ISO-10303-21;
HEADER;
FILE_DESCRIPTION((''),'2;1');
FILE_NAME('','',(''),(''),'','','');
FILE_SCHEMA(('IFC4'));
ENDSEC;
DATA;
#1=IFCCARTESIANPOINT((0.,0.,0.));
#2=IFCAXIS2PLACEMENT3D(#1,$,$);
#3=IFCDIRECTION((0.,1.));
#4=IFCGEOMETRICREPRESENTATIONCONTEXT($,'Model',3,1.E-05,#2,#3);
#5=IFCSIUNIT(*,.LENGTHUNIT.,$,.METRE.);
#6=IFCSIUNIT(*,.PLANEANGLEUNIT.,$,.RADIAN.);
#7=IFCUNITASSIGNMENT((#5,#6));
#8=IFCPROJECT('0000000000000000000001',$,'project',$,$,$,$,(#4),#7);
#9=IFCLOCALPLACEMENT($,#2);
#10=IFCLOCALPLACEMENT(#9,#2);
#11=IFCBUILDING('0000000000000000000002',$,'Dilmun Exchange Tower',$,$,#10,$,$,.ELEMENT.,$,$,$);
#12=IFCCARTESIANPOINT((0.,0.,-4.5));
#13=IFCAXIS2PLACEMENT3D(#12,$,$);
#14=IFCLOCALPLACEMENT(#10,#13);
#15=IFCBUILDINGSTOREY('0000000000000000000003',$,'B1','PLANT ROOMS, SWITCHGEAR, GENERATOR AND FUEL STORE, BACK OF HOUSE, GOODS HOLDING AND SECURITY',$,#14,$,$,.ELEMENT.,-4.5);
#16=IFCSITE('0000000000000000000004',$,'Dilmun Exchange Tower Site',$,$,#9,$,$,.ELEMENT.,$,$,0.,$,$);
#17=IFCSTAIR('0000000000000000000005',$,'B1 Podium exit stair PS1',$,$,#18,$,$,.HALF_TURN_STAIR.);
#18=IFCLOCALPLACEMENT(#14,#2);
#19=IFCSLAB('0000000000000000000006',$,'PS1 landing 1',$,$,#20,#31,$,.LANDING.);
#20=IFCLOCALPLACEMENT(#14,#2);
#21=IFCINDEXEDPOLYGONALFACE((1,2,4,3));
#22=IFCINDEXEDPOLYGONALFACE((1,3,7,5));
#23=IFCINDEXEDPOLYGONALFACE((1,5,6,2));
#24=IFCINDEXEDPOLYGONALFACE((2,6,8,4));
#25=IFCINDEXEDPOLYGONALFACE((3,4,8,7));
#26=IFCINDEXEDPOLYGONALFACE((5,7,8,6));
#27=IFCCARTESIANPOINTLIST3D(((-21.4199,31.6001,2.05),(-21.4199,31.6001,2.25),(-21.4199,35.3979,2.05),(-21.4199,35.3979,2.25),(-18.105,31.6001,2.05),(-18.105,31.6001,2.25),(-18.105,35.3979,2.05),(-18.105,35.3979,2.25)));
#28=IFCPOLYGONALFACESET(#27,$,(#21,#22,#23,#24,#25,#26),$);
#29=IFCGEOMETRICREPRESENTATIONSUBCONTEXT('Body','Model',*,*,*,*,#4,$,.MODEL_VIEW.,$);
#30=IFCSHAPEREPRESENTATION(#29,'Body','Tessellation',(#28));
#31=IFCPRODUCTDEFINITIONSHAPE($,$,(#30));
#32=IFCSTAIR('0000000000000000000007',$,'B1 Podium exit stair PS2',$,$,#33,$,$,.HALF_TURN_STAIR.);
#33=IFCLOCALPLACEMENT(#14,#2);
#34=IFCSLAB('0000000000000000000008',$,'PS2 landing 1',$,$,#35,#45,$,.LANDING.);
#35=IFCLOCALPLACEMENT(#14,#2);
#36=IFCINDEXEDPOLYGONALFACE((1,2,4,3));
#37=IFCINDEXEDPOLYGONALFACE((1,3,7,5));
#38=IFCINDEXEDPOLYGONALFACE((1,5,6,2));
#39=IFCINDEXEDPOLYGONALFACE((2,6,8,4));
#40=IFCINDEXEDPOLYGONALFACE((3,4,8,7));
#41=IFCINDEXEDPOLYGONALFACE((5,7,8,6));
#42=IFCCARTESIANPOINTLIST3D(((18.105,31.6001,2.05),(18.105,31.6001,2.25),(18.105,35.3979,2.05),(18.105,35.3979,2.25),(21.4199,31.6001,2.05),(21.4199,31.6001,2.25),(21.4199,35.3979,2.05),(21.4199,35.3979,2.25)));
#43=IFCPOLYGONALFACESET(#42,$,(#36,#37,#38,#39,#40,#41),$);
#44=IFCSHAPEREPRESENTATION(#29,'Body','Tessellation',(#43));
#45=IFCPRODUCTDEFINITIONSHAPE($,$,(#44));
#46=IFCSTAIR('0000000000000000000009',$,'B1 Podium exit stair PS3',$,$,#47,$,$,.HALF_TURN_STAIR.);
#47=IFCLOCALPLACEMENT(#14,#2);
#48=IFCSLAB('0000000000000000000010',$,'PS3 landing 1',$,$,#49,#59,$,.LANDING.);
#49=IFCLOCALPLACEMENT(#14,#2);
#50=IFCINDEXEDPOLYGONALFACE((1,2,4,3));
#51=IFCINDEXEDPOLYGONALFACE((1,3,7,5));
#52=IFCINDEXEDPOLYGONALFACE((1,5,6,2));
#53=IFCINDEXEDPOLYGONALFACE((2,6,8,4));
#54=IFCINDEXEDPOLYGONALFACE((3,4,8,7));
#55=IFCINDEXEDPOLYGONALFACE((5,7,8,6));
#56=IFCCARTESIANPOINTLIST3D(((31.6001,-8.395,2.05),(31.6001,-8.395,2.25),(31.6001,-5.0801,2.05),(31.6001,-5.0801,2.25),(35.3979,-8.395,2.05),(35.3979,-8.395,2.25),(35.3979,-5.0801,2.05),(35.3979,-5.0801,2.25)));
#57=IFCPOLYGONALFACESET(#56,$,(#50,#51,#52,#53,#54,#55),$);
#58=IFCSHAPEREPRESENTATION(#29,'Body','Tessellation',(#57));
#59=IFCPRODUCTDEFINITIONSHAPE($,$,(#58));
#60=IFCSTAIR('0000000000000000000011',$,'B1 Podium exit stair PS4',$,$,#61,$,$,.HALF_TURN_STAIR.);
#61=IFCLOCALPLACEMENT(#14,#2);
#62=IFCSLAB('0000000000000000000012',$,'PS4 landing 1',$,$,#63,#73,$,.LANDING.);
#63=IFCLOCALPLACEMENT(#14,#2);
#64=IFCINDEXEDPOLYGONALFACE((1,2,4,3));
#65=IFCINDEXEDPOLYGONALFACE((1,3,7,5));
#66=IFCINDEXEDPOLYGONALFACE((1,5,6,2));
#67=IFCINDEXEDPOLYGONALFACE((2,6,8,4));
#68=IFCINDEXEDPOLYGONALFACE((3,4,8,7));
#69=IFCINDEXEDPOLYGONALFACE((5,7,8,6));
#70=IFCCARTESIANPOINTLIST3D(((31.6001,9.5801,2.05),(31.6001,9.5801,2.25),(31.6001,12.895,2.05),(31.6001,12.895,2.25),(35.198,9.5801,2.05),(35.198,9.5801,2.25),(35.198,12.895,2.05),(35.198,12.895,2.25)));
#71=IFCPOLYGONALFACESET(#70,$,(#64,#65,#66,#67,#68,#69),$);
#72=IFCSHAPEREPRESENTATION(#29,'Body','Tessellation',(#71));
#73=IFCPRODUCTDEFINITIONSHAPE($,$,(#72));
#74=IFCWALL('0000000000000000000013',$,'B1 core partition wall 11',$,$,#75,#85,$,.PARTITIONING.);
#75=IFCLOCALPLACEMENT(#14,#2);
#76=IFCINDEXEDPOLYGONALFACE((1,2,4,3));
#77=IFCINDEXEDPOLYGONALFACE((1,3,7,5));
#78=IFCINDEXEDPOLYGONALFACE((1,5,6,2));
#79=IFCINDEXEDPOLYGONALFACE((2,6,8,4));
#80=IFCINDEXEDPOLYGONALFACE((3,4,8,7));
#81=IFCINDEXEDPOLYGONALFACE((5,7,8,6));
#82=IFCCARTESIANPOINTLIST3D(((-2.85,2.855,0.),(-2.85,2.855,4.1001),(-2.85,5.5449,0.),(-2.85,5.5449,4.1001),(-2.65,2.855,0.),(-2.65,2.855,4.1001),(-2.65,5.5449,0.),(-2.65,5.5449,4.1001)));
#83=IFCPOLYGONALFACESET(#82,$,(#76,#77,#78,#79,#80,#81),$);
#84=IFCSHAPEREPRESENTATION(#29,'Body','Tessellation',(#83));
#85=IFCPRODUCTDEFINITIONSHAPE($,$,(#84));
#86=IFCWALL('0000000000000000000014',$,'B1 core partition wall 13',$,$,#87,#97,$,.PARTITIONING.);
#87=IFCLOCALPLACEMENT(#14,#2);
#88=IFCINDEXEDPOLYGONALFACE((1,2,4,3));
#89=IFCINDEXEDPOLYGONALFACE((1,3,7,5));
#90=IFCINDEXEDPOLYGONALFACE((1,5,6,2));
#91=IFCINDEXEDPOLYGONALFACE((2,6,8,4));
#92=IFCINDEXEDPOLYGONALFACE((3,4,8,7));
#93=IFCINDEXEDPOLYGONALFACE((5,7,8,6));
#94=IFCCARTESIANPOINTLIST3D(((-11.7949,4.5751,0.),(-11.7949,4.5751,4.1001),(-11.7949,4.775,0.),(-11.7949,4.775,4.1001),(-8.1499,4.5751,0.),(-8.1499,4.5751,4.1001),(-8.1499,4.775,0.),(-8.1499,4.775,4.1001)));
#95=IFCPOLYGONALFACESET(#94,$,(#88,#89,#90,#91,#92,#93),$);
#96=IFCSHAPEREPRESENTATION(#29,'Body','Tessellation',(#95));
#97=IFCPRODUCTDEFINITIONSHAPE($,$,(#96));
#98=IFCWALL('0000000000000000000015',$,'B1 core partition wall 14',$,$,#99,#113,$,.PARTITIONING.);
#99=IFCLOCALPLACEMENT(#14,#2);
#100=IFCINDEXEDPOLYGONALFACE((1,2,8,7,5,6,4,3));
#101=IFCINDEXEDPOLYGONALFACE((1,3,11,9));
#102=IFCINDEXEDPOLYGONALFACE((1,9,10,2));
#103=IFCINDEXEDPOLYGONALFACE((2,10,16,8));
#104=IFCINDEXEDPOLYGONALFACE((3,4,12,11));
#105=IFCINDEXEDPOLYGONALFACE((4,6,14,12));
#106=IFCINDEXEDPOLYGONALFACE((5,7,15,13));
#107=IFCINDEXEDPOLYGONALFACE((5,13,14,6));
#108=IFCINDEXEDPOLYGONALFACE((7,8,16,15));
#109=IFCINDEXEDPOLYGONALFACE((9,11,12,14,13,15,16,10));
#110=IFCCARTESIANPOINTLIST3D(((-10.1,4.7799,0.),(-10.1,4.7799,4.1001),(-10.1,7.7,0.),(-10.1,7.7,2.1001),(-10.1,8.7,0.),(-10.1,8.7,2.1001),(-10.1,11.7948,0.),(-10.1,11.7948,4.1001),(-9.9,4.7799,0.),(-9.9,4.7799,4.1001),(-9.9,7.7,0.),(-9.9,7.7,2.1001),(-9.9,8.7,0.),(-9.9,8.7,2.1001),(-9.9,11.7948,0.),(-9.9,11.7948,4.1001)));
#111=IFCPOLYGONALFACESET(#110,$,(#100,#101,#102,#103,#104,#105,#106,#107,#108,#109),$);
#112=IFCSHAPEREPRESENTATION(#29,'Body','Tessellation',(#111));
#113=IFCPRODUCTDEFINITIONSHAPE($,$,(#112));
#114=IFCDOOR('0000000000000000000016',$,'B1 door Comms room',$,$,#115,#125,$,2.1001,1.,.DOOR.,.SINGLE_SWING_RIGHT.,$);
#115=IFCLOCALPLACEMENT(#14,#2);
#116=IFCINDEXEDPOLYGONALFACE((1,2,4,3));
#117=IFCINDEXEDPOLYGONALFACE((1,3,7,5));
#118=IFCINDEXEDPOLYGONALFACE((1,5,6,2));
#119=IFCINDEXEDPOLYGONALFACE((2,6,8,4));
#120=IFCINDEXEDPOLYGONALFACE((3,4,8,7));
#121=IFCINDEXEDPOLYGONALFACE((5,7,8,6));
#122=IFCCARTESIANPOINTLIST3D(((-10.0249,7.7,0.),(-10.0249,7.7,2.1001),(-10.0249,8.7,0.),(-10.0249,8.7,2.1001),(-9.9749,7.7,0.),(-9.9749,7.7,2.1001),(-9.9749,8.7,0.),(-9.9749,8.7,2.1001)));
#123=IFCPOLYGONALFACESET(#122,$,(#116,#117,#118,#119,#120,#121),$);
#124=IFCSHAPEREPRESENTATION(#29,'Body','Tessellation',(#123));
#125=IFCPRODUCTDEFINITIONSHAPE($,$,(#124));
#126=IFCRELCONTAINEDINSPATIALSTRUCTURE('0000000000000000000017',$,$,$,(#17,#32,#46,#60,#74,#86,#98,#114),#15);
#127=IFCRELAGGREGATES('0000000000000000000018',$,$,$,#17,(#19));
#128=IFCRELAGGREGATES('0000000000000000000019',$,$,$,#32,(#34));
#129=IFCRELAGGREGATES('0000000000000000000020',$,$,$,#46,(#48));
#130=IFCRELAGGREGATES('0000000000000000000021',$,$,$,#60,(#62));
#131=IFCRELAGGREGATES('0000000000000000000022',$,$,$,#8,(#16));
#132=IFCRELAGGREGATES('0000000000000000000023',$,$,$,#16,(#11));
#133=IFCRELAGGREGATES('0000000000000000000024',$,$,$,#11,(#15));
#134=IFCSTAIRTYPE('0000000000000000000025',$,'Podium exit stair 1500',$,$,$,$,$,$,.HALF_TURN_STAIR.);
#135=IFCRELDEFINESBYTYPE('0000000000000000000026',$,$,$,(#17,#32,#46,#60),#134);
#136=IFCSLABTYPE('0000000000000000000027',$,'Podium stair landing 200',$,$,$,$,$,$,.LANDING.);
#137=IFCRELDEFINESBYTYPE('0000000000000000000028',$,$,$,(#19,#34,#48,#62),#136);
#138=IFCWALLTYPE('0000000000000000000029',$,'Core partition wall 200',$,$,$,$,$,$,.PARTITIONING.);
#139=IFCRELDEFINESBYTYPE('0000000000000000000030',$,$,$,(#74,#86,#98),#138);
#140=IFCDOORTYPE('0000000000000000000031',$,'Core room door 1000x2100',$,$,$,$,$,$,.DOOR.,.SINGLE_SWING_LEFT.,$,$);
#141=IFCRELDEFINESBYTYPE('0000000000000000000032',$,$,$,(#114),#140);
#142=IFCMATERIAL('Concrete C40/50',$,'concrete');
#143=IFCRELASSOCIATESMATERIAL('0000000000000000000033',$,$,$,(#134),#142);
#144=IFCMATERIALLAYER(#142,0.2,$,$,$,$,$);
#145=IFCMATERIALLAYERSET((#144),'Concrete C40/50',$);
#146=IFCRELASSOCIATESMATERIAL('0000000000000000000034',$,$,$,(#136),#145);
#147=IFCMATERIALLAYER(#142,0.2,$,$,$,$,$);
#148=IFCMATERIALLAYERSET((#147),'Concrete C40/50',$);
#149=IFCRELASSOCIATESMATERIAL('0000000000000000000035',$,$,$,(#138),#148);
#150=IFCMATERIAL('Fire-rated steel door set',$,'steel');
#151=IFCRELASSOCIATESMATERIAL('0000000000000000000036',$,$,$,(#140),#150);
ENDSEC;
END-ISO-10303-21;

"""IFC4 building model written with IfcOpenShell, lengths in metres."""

from ifc_helpers import new_model, si_unit, direction, frame, frame_2d, origin, place, context, subcontext, project, spatial, polyline, rectangle, outline, extrude, material, layer, layer_set, type_object, element, fill, aggregate, save


model = new_model("IFC4")

# Units and contexts
model_context = context("Model", 3, precision=1e-05, world=origin(), true_north=direction((0.0, 1.0)))
body_context = subcontext(model_context, "Body", "Model", "MODEL_VIEW")
ifc_project = project(units=[si_unit("LENGTHUNIT", "METRE"), si_unit("PLANEANGLEUNIT", "RADIAN")], contexts=[model_context])

# Site, building, storey
site_placement = place(None, origin())
site = spatial("IfcSite", under=ifc_project, at=site_placement, Name="Dilmun Exchange Tower Site", CompositionType="ELEMENT", RefElevation=0.0)
building_placement = place(site_placement, origin())
building = spatial("IfcBuilding", under=site, at=building_placement, Name="Dilmun Exchange Tower", CompositionType="ELEMENT")
storey_placement = place(building_placement, frame((0.0, 0.0, -4.5)))
storey = spatial("IfcBuildingStorey", under=building, at=storey_placement, Name="B1", Description="PLANT ROOMS, SWITCHGEAR, GENERATOR AND FUEL STORE, BACK OF HOUSE, GOODS HOLDING AND SECURITY", CompositionType="ELEMENT", Elevation=-4.5)

# Stairs, slabs
ifc_material_1 = material(Name="Concrete C40/50", Category="concrete")
stair_type = type_object("IfcStairType", Name="Podium exit stair 1500", PredefinedType="HALF_TURN_STAIR", material=ifc_material_1)
stair_1_placement = place(storey_placement, origin())
stair_1 = element("IfcStair", 1, at=stair_1_placement, inside=storey, type_object=stair_type, Name="B1 Podium exit stair PS1", PredefinedType="HALF_TURN_STAIR")
ifc_layer_1 = layer(ifc_material_1, 0.2)
ifc_layer_set_1 = layer_set([ifc_layer_1], Name="Concrete C40/50")
slab_type = type_object("IfcSlabType", Name="Podium stair landing 200", PredefinedType="LANDING", material=ifc_layer_set_1)
slab_1_placement = place(storey_placement, frame((0.0, 0.0, 2.05)))
slab_1 = element("IfcSlab", 2, at=slab_1_placement, type_object=slab_type, Name="PS1 landing 1", PredefinedType="LANDING", context=body_context, shape_type="SweptSolid", body=[
    extrude(outline(polyline([(-21.4199, 31.6001), (-18.105, 31.6001), (-18.105, 35.3979), (-21.4199, 35.3979), (-21.4199, 31.6001)])), origin(), (0.0, 0.0, 1.0), 0.2),
])
aggregate(stair_1, [slab_1])
stair_2_placement = place(storey_placement, origin())
stair_2 = element("IfcStair", 3, at=stair_2_placement, inside=storey, type_object=stair_type, Name="B1 Podium exit stair PS2", PredefinedType="HALF_TURN_STAIR")
slab_2_placement = place(storey_placement, frame((0.0, 0.0, 2.05)))
slab_2 = element("IfcSlab", 4, at=slab_2_placement, type_object=slab_type, Name="PS2 landing 1", PredefinedType="LANDING", context=body_context, shape_type="SweptSolid", body=[
    extrude(outline(polyline([(21.4199, 35.3979), (18.105, 35.3979), (18.105, 31.6001), (21.4199, 31.6001), (21.4199, 35.3979)])), origin(), (0.0, 0.0, 1.0), 0.2),
])
aggregate(stair_2, [slab_2])
stair_3_placement = place(storey_placement, origin())
stair_3 = element("IfcStair", 5, at=stair_3_placement, inside=storey, type_object=stair_type, Name="B1 Podium exit stair PS3", PredefinedType="HALF_TURN_STAIR")
slab_3_placement = place(storey_placement, frame((0.0, 0.0, 2.05)))
slab_3 = element("IfcSlab", 6, at=slab_3_placement, type_object=slab_type, Name="PS3 landing 1", PredefinedType="LANDING", context=body_context, shape_type="SweptSolid", body=[
    extrude(outline(polyline([(31.6001, -5.0801), (31.6001, -8.395), (35.3979, -8.395), (35.3979, -5.0801), (31.6001, -5.0801)])), origin(), (0.0, 0.0, 1.0), 0.2),
])
aggregate(stair_3, [slab_3])
stair_4_placement = place(storey_placement, origin())
stair_4 = element("IfcStair", 7, at=stair_4_placement, inside=storey, type_object=stair_type, Name="B1 Podium exit stair PS4", PredefinedType="HALF_TURN_STAIR")
slab_4_placement = place(storey_placement, frame((0.0, 0.0, 2.05)))
slab_4 = element("IfcSlab", 8, at=slab_4_placement, type_object=slab_type, Name="PS4 landing 1", PredefinedType="LANDING", context=body_context, shape_type="SweptSolid", body=[
    extrude(outline(polyline([(35.198, 9.5801), (35.198, 12.895), (31.6001, 12.895), (31.6001, 9.5801), (35.198, 9.5801)])), origin(), (0.0, 0.0, 1.0), 0.2),
])
aggregate(stair_4, [slab_4])

# Walls
ifc_layer_2 = layer(ifc_material_1, 0.2)
ifc_layer_set_2 = layer_set([ifc_layer_2], Name="Concrete C40/50")
wall_type_1 = type_object("IfcWallType", Name="Core partition wall 200", PredefinedType="PARTITIONING", material=ifc_layer_set_2)
wall_1_placement = place(storey_placement, frame((-2.75, 2.855, 0.0), z_axis=(0.0, 0.0, 1.0), x_axis=(0.0, 1.0, 0.0)))
element("IfcWall", 9, at=wall_1_placement, inside=storey, type_object=wall_type_1, Name="B1 core partition wall 11", PredefinedType="PARTITIONING", context=body_context, shape_type="SweptSolid", body=[
    extrude(rectangle(XDim=2.6899, YDim=0.2, at=frame_2d((1.345, 0.0))), origin(), (0.0, 0.0, 1.0), 4.1001),
])
wall_2_placement = place(storey_placement, frame((-11.7949, 4.675, 0.0), z_axis=(0.0, 0.0, 1.0), x_axis=(1.0, 0.0, 0.0)))
element("IfcWall", 10, at=wall_2_placement, inside=storey, type_object=wall_type_1, Name="B1 core partition wall 13", PredefinedType="PARTITIONING", context=body_context, shape_type="SweptSolid", body=[
    extrude(rectangle(XDim=3.645, YDim=0.2, at=frame_2d((1.8225, 0.0))), origin(), (0.0, 0.0, 1.0), 4.1001),
])

# Wall, opening, door
wall_3_placement = place(storey_placement, frame((-10.0, 4.78, 0.0), z_axis=(0.0, 0.0, 1.0), x_axis=(0.0, 1.0, 0.0)))
wall_3 = element("IfcWall", 11, at=wall_3_placement, inside=storey, type_object=wall_type_1, Name="B1 core partition wall 14", PredefinedType="PARTITIONING", context=body_context, shape_type="SweptSolid", body=[
    extrude(rectangle(XDim=7.0149, YDim=0.2, at=frame_2d((3.5073, 0.0))), origin(), (0.0, 0.0, 1.0), 4.1001),
])
opening_1_placement = place(wall_3_placement, frame((2.9199, 0.0, 0.0)))
opening_1 = element("IfcOpeningElement", 12, at=opening_1_placement, cuts=wall_3, PredefinedType="OPENING", context=body_context, shape_type="SweptSolid", body=[
    extrude(rectangle(XDim=1.0, YDim=2.1001, at=frame_2d((0.5, 1.05))), frame((0.0, 0.1099, 0.0), z_axis=(0.0, -1.0, 0.0), x_axis=(1.0, 0.0, 0.0)), (0.0, 0.0, 1.0), 0.22),
])
ifc_material_2 = material(Name="Fire-rated steel door set", Category="steel")
door_type_1 = type_object("IfcDoorType", Name="Core room door 1000x2100", OperationType="SINGLE_SWING_LEFT", PredefinedType="DOOR", material=ifc_material_2)
door_1_placement = place(opening_1_placement, origin())
door_1 = element("IfcDoor", 13, at=door_1_placement, inside=storey, type_object=door_type_1, Name="B1 door Comms room", OperationType="SINGLE_SWING_RIGHT", OverallHeight=2.1001, OverallWidth=1.0, PredefinedType="DOOR", context=body_context, shape_type="SweptSolid", body=[
    extrude(rectangle(XDim=1.0, YDim=2.1001, at=frame_2d((0.5, 1.05))), frame((0.0, 0.0249, 0.0), z_axis=(0.0, -1.0, 0.0), x_axis=(1.0, 0.0, 0.0)), (0.0, 0.0, 1.0), 0.05),
])
fill(opening_1, door_1)

save(model, "model.ifc")
